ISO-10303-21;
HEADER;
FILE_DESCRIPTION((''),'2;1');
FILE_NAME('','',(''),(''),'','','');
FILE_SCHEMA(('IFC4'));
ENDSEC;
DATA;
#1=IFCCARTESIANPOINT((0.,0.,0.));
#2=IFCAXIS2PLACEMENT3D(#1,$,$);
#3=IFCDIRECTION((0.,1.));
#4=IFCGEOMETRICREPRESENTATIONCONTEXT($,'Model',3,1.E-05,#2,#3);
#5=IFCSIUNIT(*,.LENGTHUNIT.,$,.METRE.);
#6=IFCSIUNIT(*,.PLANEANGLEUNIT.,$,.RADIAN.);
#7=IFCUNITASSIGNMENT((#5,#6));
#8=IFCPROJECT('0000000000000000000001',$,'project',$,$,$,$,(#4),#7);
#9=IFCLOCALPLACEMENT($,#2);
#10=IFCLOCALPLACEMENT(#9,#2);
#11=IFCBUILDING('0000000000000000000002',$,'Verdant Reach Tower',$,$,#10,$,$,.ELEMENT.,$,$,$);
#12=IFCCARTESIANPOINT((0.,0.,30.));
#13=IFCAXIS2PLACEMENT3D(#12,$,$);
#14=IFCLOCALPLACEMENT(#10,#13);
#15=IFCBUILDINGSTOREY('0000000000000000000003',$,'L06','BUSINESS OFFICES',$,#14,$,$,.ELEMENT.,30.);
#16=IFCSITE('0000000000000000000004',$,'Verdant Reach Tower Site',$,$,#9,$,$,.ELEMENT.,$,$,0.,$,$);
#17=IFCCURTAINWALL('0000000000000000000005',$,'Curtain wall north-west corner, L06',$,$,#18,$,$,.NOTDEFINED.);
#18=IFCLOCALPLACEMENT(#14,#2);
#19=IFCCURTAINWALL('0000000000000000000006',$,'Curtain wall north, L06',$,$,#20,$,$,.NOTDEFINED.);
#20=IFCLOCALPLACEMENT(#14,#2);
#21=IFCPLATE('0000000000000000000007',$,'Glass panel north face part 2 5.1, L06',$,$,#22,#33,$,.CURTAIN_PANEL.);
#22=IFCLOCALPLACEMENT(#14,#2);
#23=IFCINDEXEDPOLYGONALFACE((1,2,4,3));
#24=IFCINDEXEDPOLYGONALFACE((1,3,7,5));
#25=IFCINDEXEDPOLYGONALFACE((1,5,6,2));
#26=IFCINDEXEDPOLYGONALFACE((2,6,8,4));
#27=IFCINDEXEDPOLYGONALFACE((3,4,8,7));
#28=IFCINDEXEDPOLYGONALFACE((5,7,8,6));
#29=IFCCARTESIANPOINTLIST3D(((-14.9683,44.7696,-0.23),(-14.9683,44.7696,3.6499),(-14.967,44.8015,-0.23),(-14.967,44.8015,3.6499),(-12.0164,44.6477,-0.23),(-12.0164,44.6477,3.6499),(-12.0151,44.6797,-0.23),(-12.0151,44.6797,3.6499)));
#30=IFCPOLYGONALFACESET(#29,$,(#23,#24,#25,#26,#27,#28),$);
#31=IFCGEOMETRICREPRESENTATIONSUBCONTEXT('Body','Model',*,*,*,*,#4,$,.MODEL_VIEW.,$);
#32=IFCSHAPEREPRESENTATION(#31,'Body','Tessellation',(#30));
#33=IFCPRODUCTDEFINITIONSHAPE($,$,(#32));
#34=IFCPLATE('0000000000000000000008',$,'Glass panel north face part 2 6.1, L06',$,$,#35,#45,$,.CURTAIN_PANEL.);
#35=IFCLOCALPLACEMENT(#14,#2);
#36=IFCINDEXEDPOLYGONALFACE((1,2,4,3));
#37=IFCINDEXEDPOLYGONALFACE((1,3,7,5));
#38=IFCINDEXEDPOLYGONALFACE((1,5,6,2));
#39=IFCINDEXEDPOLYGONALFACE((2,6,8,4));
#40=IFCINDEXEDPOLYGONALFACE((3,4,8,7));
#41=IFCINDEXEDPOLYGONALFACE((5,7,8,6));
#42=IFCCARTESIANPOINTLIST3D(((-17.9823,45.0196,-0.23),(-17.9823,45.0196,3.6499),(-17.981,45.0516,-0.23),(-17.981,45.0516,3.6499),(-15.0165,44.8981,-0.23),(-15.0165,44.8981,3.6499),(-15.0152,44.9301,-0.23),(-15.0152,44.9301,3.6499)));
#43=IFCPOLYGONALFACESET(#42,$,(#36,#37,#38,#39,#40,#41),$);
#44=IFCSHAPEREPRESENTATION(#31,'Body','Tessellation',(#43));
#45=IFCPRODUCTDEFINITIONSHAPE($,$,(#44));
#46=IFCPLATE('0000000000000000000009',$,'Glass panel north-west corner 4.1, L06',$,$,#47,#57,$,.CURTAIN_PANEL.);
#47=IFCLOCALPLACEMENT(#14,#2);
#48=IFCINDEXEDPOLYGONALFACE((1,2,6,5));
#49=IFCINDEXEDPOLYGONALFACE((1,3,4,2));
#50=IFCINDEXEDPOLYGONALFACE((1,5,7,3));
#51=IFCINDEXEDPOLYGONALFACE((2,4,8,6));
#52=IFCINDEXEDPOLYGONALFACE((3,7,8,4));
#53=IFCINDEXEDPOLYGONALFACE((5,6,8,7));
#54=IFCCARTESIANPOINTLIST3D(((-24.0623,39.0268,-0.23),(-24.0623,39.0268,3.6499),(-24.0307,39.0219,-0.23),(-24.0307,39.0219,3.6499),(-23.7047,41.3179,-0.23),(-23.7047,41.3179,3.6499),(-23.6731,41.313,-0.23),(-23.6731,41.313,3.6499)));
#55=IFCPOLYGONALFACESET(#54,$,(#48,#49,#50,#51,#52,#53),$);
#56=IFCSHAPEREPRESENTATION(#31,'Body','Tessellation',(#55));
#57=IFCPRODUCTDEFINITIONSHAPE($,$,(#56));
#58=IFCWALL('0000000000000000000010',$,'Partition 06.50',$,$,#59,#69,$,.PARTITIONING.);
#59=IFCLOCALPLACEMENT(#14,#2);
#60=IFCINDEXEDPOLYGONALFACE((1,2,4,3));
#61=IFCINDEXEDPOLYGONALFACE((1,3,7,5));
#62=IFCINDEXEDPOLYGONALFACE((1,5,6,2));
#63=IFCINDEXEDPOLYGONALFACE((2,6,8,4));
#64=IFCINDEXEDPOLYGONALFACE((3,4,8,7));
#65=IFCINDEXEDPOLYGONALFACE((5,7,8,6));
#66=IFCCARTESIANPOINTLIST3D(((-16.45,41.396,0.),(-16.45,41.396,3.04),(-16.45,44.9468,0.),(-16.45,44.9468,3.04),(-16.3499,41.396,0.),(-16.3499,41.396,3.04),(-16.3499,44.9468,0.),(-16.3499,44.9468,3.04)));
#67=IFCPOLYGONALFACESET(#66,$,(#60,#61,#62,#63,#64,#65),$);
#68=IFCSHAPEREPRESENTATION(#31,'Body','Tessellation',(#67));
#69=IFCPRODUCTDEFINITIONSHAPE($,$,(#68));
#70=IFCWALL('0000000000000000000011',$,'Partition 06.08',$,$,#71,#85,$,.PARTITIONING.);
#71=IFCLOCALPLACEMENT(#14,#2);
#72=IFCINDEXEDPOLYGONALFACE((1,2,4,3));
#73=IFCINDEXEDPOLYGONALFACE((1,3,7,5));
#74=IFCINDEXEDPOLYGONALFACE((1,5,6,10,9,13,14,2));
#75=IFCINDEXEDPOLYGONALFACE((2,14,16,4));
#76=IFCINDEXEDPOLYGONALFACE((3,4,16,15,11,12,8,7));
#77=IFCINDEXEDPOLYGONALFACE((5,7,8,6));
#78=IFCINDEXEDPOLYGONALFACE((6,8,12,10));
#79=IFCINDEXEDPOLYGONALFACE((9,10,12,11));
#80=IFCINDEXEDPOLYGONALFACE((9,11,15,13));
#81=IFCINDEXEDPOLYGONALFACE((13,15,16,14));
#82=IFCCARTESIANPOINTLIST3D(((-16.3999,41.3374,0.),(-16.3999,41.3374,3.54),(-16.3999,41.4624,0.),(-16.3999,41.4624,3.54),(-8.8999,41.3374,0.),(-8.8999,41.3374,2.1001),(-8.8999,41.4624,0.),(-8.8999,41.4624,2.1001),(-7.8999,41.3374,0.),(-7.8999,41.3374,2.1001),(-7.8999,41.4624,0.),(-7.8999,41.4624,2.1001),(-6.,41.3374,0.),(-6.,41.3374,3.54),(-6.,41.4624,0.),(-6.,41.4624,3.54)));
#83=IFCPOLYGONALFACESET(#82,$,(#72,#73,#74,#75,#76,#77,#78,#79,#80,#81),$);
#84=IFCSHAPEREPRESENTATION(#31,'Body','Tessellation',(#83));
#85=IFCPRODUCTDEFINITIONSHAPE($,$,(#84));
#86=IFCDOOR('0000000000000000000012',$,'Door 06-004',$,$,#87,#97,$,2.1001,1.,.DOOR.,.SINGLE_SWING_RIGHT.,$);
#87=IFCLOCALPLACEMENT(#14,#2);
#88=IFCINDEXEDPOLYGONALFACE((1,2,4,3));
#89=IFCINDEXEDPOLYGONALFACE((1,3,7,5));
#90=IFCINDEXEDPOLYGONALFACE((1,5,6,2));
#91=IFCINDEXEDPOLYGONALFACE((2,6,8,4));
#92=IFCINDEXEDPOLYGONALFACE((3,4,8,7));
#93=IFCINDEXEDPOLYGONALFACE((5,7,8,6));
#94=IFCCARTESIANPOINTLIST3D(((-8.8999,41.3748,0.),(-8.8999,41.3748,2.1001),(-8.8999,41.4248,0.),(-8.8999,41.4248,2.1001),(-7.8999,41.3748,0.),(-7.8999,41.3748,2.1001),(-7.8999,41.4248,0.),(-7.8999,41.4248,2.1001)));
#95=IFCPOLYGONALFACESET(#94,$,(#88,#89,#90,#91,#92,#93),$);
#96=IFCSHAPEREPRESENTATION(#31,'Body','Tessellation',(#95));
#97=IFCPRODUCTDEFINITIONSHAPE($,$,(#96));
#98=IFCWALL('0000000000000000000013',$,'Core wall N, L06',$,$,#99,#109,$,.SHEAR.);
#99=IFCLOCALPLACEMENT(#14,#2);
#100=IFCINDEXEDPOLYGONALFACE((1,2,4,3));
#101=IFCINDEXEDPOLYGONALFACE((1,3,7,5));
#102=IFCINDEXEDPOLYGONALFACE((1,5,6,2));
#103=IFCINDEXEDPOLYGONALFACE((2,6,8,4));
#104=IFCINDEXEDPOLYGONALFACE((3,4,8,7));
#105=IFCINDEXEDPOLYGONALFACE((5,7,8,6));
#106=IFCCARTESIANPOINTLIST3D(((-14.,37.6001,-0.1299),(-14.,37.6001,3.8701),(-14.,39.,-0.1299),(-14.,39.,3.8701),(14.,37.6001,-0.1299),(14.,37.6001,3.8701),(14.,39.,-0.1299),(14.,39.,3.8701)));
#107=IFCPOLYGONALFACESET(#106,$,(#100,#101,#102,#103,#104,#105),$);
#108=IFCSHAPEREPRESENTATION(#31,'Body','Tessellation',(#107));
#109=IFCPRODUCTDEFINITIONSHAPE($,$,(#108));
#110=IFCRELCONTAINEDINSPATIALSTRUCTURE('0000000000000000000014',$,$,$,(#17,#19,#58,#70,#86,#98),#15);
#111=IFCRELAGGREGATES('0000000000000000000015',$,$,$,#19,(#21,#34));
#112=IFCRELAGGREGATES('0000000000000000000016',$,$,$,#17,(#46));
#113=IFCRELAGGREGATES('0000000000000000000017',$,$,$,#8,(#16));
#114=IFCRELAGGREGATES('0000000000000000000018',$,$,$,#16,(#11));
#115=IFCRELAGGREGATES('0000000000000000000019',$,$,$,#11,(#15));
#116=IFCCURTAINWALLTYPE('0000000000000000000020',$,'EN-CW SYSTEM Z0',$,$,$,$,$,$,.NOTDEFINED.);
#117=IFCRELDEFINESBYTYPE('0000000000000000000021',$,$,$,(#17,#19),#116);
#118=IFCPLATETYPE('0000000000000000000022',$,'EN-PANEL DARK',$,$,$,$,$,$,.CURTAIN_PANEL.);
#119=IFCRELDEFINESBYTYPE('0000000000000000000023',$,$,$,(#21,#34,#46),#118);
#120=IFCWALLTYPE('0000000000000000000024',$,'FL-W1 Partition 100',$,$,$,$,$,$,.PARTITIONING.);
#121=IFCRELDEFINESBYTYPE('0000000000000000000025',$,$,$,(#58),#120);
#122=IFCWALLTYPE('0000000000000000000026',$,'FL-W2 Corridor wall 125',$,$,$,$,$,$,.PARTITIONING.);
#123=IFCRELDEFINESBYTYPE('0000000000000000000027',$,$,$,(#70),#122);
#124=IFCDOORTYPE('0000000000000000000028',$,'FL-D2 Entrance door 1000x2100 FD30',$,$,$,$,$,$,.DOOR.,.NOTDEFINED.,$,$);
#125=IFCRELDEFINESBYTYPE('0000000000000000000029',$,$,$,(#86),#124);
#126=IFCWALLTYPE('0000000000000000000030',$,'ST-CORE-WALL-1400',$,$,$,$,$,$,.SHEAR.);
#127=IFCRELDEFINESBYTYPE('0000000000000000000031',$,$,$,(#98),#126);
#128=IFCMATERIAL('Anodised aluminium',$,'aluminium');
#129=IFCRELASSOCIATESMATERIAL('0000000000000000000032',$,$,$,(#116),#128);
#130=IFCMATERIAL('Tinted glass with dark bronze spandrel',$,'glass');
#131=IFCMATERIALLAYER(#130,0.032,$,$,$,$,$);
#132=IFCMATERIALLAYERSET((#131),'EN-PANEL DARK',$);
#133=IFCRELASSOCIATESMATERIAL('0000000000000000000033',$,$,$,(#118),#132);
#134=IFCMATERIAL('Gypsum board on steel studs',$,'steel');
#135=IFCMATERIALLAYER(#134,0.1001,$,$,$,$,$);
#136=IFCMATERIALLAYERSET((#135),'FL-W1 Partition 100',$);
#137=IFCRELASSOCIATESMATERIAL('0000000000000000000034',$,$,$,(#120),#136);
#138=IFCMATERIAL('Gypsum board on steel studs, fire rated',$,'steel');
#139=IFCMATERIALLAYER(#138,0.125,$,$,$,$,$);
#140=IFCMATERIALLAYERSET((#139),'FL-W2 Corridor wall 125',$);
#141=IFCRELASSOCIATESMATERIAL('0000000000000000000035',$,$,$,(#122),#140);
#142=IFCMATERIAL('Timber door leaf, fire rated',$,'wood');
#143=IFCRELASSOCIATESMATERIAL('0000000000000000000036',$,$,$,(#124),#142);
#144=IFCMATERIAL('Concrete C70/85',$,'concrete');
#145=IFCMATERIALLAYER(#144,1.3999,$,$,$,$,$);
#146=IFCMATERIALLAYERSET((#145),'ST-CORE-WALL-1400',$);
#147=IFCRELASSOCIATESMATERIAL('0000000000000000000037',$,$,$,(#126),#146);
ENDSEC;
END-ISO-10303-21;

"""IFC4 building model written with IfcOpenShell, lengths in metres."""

from ifc_helpers import new_model, si_unit, direction, frame, frame_2d, origin, origin_2d, place, context, subcontext, project, spatial, rectangle, extrude, material, layer, layer_set, type_object, element, fill, aggregate, save


model = new_model("IFC4")

# Units and contexts
model_context = context("Model", 3, precision=1e-05, world=origin(), true_north=direction((0.0, 1.0)))
body_context = subcontext(model_context, "Body", "Model", "MODEL_VIEW")
ifc_project = project(units=[si_unit("LENGTHUNIT", "METRE"), si_unit("PLANEANGLEUNIT", "RADIAN")], contexts=[model_context])

# Site, building, storey
site_placement = place(None, origin())
site = spatial("IfcSite", under=ifc_project, at=site_placement, Name="Verdant Reach Tower Site", CompositionType="ELEMENT", RefElevation=0.0)
building_placement = place(site_placement, origin())
building = spatial("IfcBuilding", under=site, at=building_placement, Name="Verdant Reach Tower", CompositionType="ELEMENT")
storey_placement = place(building_placement, frame((0.0, 0.0, 30.0)))
storey = spatial("IfcBuildingStorey", under=building, at=storey_placement, Name="L06", Description="BUSINESS OFFICES", CompositionType="ELEMENT", Elevation=30.0)

# Shared definitions
ifc_material_1 = material(Name="Anodised aluminium", Category="aluminium")
curtain_wall_type = type_object("IfcCurtainWallType", Name="EN-CW SYSTEM Z0", PredefinedType="NOTDEFINED", material=ifc_material_1)

# Curtain walls, plates
curtain_wall_1_placement = place(storey_placement, origin())
curtain_wall_1 = element("IfcCurtainWall", 1, at=curtain_wall_1_placement, inside=storey, type_object=curtain_wall_type, Name="Curtain wall north-west corner, L06", PredefinedType="NOTDEFINED")
curtain_wall_2_placement = place(storey_placement, origin())
curtain_wall_2 = element("IfcCurtainWall", 2, at=curtain_wall_2_placement, inside=storey, type_object=curtain_wall_type, Name="Curtain wall north, L06", PredefinedType="NOTDEFINED")
ifc_material_2 = material(Name="Tinted glass with dark bronze spandrel", Category="glass")
ifc_layer_1 = layer(ifc_material_2, 0.032)
ifc_layer_set_1 = layer_set([ifc_layer_1], Name="EN-PANEL DARK")
plate_type_1 = type_object("IfcPlateType", Name="EN-PANEL DARK", PredefinedType="CURTAIN_PANEL", material=ifc_layer_set_1)
plate_1_placement = place(storey_placement, frame((-13.4917, 44.7246, -0.23), z_axis=(0.0, 0.0, 1.0), x_axis=(-0.999149, 0.041242, 0.0)))
plate_1 = element("IfcPlate", 3, at=plate_1_placement, type_object=plate_type_1, Name="Glass panel north face part 2 5.1, L06", PredefinedType="CURTAIN_PANEL", context=body_context, shape_type="SweptSolid", body=[
    extrude(rectangle(XDim=2.9543, YDim=0.032, at=origin_2d()), origin(), (0.0, 0.0, 1.0), 3.8799),
])
plate_2_placement = place(storey_placement, frame((-16.4988, 44.9749, -0.23), z_axis=(0.0, 0.0, 1.0), x_axis=(-0.999162, 0.04092, 0.0)))
plate_2 = element("IfcPlate", 4, at=plate_2_placement, type_object=plate_type_1, Name="Glass panel north face part 2 6.1, L06", PredefinedType="CURTAIN_PANEL", context=body_context, shape_type="SweptSolid", body=[
    extrude(rectangle(XDim=2.9683, YDim=0.032, at=origin_2d()), origin(), (0.0, 0.0, 1.0), 3.8799),
])
aggregate(curtain_wall_2, [plate_1, plate_2])

# Plate
plate_3_placement = place(storey_placement, frame((-23.8677, 40.1699, -0.23), z_axis=(0.0, 0.0, 1.0), x_axis=(-0.154211, -0.988038, 0.0)))
plate_3 = element("IfcPlate", 5, at=plate_3_placement, type_object=plate_type_1, Name="Glass panel north-west corner 4.1, L06", PredefinedType="CURTAIN_PANEL", context=body_context, shape_type="SweptSolid", body=[
    extrude(rectangle(XDim=2.3188, YDim=0.032, at=origin_2d()), origin(), (0.0, 0.0, 1.0), 3.8799),
])
aggregate(curtain_wall_1, [plate_3])

# Wall
ifc_material_3 = material(Name="Gypsum board on steel studs", Category="steel")
ifc_layer_2 = layer(ifc_material_3, 0.1001)
ifc_layer_set_2 = layer_set([ifc_layer_2], Name="FL-W1 Partition 100")
wall_type_1 = type_object("IfcWallType", Name="FL-W1 Partition 100", PredefinedType="PARTITIONING", material=ifc_layer_set_2)
wall_1_placement = place(storey_placement, frame((-16.3999, 44.9468, 0.0), z_axis=(0.0, 0.0, 1.0), x_axis=(0.0, -1.0, 0.0)))
element("IfcWall", 6, at=wall_1_placement, inside=storey, type_object=wall_type_1, Name="Partition 06.50", PredefinedType="PARTITIONING", context=body_context, shape_type="SweptSolid", body=[
    extrude(rectangle(XDim=3.5508, YDim=0.1001, at=frame_2d((1.7754, 0.0))), origin(), (0.0, 0.0, 1.0), 3.04),
])

# Wall, opening, door
ifc_material_4 = material(Name="Gypsum board on steel studs, fire rated", Category="steel")
ifc_layer_3 = layer(ifc_material_4, 0.125)
ifc_layer_set_3 = layer_set([ifc_layer_3], Name="FL-W2 Corridor wall 125")
wall_type_2 = type_object("IfcWallType", Name="FL-W2 Corridor wall 125", PredefinedType="PARTITIONING", material=ifc_layer_set_3)
wall_2_placement = place(storey_placement, frame((-16.3999, 41.3999, 0.0), z_axis=(0.0, 0.0, 1.0), x_axis=(1.0, 0.0, 0.0)))
wall_2 = element("IfcWall", 7, at=wall_2_placement, inside=storey, type_object=wall_type_2, Name="Partition 06.08", PredefinedType="PARTITIONING", context=body_context, shape_type="SweptSolid", body=[
    extrude(rectangle(XDim=10.3999, YDim=0.125, at=frame_2d((5.2, 0.0))), origin(), (0.0, 0.0, 1.0), 3.54),
])
opening_placement = place(wall_2_placement, frame((7.5, 0.0, 0.0)))
opening = element("IfcOpeningElement", 8, at=opening_placement, cuts=wall_2, PredefinedType="OPENING", context=body_context, shape_type="SweptSolid", body=[
    extrude(rectangle(XDim=1.0, YDim=2.1001, at=frame_2d((0.5, 1.05))), frame((0.0, 0.0725, 0.0), z_axis=(0.0, -1.0, 0.0), x_axis=(1.0, 0.0, 0.0)), (0.0, 0.0, 1.0), 0.145),
])
ifc_material_5 = material(Name="Timber door leaf, fire rated", Category="wood")
door_type = type_object("IfcDoorType", Name="FL-D2 Entrance door 1000x2100 FD30", OperationType="NOTDEFINED", PredefinedType="DOOR", material=ifc_material_5)
door_placement = place(opening_placement, origin())
door = element("IfcDoor", 9, at=door_placement, inside=storey, type_object=door_type, Name="Door 06-004", OperationType="SINGLE_SWING_RIGHT", OverallHeight=2.1001, OverallWidth=1.0, PredefinedType="DOOR", context=body_context, shape_type="SweptSolid", body=[
    extrude(rectangle(XDim=1.0, YDim=2.1001, at=frame_2d((0.5, 1.05))), frame((0.0, 0.0249, 0.0), z_axis=(0.0, -1.0, 0.0), x_axis=(1.0, 0.0, 0.0)), (0.0, 0.0, 1.0), 0.05),
])
fill(opening, door)

# Wall
ifc_material_6 = material(Name="Concrete C70/85", Category="concrete")
ifc_layer_4 = layer(ifc_material_6, 1.3999)
ifc_layer_set_4 = layer_set([ifc_layer_4], Name="ST-CORE-WALL-1400")
wall_type_3 = type_object("IfcWallType", Name="ST-CORE-WALL-1400", PredefinedType="SHEAR", material=ifc_layer_set_4)
wall_3_placement = place(storey_placement, frame((-14.0, 38.3, -0.1299), z_axis=(0.0, 0.0, 1.0), x_axis=(1.0, 0.0, 0.0)))
element("IfcWall", 10, at=wall_3_placement, inside=storey, type_object=wall_type_3, Name="Core wall N, L06", PredefinedType="SHEAR", context=body_context, shape_type="SweptSolid", body=[
    extrude(rectangle(XDim=28.0, YDim=1.3999, at=frame_2d((14.0, 0.0))), origin(), (0.0, 0.0, 1.0), 4.0),
])

save(model, "model.ifc")
